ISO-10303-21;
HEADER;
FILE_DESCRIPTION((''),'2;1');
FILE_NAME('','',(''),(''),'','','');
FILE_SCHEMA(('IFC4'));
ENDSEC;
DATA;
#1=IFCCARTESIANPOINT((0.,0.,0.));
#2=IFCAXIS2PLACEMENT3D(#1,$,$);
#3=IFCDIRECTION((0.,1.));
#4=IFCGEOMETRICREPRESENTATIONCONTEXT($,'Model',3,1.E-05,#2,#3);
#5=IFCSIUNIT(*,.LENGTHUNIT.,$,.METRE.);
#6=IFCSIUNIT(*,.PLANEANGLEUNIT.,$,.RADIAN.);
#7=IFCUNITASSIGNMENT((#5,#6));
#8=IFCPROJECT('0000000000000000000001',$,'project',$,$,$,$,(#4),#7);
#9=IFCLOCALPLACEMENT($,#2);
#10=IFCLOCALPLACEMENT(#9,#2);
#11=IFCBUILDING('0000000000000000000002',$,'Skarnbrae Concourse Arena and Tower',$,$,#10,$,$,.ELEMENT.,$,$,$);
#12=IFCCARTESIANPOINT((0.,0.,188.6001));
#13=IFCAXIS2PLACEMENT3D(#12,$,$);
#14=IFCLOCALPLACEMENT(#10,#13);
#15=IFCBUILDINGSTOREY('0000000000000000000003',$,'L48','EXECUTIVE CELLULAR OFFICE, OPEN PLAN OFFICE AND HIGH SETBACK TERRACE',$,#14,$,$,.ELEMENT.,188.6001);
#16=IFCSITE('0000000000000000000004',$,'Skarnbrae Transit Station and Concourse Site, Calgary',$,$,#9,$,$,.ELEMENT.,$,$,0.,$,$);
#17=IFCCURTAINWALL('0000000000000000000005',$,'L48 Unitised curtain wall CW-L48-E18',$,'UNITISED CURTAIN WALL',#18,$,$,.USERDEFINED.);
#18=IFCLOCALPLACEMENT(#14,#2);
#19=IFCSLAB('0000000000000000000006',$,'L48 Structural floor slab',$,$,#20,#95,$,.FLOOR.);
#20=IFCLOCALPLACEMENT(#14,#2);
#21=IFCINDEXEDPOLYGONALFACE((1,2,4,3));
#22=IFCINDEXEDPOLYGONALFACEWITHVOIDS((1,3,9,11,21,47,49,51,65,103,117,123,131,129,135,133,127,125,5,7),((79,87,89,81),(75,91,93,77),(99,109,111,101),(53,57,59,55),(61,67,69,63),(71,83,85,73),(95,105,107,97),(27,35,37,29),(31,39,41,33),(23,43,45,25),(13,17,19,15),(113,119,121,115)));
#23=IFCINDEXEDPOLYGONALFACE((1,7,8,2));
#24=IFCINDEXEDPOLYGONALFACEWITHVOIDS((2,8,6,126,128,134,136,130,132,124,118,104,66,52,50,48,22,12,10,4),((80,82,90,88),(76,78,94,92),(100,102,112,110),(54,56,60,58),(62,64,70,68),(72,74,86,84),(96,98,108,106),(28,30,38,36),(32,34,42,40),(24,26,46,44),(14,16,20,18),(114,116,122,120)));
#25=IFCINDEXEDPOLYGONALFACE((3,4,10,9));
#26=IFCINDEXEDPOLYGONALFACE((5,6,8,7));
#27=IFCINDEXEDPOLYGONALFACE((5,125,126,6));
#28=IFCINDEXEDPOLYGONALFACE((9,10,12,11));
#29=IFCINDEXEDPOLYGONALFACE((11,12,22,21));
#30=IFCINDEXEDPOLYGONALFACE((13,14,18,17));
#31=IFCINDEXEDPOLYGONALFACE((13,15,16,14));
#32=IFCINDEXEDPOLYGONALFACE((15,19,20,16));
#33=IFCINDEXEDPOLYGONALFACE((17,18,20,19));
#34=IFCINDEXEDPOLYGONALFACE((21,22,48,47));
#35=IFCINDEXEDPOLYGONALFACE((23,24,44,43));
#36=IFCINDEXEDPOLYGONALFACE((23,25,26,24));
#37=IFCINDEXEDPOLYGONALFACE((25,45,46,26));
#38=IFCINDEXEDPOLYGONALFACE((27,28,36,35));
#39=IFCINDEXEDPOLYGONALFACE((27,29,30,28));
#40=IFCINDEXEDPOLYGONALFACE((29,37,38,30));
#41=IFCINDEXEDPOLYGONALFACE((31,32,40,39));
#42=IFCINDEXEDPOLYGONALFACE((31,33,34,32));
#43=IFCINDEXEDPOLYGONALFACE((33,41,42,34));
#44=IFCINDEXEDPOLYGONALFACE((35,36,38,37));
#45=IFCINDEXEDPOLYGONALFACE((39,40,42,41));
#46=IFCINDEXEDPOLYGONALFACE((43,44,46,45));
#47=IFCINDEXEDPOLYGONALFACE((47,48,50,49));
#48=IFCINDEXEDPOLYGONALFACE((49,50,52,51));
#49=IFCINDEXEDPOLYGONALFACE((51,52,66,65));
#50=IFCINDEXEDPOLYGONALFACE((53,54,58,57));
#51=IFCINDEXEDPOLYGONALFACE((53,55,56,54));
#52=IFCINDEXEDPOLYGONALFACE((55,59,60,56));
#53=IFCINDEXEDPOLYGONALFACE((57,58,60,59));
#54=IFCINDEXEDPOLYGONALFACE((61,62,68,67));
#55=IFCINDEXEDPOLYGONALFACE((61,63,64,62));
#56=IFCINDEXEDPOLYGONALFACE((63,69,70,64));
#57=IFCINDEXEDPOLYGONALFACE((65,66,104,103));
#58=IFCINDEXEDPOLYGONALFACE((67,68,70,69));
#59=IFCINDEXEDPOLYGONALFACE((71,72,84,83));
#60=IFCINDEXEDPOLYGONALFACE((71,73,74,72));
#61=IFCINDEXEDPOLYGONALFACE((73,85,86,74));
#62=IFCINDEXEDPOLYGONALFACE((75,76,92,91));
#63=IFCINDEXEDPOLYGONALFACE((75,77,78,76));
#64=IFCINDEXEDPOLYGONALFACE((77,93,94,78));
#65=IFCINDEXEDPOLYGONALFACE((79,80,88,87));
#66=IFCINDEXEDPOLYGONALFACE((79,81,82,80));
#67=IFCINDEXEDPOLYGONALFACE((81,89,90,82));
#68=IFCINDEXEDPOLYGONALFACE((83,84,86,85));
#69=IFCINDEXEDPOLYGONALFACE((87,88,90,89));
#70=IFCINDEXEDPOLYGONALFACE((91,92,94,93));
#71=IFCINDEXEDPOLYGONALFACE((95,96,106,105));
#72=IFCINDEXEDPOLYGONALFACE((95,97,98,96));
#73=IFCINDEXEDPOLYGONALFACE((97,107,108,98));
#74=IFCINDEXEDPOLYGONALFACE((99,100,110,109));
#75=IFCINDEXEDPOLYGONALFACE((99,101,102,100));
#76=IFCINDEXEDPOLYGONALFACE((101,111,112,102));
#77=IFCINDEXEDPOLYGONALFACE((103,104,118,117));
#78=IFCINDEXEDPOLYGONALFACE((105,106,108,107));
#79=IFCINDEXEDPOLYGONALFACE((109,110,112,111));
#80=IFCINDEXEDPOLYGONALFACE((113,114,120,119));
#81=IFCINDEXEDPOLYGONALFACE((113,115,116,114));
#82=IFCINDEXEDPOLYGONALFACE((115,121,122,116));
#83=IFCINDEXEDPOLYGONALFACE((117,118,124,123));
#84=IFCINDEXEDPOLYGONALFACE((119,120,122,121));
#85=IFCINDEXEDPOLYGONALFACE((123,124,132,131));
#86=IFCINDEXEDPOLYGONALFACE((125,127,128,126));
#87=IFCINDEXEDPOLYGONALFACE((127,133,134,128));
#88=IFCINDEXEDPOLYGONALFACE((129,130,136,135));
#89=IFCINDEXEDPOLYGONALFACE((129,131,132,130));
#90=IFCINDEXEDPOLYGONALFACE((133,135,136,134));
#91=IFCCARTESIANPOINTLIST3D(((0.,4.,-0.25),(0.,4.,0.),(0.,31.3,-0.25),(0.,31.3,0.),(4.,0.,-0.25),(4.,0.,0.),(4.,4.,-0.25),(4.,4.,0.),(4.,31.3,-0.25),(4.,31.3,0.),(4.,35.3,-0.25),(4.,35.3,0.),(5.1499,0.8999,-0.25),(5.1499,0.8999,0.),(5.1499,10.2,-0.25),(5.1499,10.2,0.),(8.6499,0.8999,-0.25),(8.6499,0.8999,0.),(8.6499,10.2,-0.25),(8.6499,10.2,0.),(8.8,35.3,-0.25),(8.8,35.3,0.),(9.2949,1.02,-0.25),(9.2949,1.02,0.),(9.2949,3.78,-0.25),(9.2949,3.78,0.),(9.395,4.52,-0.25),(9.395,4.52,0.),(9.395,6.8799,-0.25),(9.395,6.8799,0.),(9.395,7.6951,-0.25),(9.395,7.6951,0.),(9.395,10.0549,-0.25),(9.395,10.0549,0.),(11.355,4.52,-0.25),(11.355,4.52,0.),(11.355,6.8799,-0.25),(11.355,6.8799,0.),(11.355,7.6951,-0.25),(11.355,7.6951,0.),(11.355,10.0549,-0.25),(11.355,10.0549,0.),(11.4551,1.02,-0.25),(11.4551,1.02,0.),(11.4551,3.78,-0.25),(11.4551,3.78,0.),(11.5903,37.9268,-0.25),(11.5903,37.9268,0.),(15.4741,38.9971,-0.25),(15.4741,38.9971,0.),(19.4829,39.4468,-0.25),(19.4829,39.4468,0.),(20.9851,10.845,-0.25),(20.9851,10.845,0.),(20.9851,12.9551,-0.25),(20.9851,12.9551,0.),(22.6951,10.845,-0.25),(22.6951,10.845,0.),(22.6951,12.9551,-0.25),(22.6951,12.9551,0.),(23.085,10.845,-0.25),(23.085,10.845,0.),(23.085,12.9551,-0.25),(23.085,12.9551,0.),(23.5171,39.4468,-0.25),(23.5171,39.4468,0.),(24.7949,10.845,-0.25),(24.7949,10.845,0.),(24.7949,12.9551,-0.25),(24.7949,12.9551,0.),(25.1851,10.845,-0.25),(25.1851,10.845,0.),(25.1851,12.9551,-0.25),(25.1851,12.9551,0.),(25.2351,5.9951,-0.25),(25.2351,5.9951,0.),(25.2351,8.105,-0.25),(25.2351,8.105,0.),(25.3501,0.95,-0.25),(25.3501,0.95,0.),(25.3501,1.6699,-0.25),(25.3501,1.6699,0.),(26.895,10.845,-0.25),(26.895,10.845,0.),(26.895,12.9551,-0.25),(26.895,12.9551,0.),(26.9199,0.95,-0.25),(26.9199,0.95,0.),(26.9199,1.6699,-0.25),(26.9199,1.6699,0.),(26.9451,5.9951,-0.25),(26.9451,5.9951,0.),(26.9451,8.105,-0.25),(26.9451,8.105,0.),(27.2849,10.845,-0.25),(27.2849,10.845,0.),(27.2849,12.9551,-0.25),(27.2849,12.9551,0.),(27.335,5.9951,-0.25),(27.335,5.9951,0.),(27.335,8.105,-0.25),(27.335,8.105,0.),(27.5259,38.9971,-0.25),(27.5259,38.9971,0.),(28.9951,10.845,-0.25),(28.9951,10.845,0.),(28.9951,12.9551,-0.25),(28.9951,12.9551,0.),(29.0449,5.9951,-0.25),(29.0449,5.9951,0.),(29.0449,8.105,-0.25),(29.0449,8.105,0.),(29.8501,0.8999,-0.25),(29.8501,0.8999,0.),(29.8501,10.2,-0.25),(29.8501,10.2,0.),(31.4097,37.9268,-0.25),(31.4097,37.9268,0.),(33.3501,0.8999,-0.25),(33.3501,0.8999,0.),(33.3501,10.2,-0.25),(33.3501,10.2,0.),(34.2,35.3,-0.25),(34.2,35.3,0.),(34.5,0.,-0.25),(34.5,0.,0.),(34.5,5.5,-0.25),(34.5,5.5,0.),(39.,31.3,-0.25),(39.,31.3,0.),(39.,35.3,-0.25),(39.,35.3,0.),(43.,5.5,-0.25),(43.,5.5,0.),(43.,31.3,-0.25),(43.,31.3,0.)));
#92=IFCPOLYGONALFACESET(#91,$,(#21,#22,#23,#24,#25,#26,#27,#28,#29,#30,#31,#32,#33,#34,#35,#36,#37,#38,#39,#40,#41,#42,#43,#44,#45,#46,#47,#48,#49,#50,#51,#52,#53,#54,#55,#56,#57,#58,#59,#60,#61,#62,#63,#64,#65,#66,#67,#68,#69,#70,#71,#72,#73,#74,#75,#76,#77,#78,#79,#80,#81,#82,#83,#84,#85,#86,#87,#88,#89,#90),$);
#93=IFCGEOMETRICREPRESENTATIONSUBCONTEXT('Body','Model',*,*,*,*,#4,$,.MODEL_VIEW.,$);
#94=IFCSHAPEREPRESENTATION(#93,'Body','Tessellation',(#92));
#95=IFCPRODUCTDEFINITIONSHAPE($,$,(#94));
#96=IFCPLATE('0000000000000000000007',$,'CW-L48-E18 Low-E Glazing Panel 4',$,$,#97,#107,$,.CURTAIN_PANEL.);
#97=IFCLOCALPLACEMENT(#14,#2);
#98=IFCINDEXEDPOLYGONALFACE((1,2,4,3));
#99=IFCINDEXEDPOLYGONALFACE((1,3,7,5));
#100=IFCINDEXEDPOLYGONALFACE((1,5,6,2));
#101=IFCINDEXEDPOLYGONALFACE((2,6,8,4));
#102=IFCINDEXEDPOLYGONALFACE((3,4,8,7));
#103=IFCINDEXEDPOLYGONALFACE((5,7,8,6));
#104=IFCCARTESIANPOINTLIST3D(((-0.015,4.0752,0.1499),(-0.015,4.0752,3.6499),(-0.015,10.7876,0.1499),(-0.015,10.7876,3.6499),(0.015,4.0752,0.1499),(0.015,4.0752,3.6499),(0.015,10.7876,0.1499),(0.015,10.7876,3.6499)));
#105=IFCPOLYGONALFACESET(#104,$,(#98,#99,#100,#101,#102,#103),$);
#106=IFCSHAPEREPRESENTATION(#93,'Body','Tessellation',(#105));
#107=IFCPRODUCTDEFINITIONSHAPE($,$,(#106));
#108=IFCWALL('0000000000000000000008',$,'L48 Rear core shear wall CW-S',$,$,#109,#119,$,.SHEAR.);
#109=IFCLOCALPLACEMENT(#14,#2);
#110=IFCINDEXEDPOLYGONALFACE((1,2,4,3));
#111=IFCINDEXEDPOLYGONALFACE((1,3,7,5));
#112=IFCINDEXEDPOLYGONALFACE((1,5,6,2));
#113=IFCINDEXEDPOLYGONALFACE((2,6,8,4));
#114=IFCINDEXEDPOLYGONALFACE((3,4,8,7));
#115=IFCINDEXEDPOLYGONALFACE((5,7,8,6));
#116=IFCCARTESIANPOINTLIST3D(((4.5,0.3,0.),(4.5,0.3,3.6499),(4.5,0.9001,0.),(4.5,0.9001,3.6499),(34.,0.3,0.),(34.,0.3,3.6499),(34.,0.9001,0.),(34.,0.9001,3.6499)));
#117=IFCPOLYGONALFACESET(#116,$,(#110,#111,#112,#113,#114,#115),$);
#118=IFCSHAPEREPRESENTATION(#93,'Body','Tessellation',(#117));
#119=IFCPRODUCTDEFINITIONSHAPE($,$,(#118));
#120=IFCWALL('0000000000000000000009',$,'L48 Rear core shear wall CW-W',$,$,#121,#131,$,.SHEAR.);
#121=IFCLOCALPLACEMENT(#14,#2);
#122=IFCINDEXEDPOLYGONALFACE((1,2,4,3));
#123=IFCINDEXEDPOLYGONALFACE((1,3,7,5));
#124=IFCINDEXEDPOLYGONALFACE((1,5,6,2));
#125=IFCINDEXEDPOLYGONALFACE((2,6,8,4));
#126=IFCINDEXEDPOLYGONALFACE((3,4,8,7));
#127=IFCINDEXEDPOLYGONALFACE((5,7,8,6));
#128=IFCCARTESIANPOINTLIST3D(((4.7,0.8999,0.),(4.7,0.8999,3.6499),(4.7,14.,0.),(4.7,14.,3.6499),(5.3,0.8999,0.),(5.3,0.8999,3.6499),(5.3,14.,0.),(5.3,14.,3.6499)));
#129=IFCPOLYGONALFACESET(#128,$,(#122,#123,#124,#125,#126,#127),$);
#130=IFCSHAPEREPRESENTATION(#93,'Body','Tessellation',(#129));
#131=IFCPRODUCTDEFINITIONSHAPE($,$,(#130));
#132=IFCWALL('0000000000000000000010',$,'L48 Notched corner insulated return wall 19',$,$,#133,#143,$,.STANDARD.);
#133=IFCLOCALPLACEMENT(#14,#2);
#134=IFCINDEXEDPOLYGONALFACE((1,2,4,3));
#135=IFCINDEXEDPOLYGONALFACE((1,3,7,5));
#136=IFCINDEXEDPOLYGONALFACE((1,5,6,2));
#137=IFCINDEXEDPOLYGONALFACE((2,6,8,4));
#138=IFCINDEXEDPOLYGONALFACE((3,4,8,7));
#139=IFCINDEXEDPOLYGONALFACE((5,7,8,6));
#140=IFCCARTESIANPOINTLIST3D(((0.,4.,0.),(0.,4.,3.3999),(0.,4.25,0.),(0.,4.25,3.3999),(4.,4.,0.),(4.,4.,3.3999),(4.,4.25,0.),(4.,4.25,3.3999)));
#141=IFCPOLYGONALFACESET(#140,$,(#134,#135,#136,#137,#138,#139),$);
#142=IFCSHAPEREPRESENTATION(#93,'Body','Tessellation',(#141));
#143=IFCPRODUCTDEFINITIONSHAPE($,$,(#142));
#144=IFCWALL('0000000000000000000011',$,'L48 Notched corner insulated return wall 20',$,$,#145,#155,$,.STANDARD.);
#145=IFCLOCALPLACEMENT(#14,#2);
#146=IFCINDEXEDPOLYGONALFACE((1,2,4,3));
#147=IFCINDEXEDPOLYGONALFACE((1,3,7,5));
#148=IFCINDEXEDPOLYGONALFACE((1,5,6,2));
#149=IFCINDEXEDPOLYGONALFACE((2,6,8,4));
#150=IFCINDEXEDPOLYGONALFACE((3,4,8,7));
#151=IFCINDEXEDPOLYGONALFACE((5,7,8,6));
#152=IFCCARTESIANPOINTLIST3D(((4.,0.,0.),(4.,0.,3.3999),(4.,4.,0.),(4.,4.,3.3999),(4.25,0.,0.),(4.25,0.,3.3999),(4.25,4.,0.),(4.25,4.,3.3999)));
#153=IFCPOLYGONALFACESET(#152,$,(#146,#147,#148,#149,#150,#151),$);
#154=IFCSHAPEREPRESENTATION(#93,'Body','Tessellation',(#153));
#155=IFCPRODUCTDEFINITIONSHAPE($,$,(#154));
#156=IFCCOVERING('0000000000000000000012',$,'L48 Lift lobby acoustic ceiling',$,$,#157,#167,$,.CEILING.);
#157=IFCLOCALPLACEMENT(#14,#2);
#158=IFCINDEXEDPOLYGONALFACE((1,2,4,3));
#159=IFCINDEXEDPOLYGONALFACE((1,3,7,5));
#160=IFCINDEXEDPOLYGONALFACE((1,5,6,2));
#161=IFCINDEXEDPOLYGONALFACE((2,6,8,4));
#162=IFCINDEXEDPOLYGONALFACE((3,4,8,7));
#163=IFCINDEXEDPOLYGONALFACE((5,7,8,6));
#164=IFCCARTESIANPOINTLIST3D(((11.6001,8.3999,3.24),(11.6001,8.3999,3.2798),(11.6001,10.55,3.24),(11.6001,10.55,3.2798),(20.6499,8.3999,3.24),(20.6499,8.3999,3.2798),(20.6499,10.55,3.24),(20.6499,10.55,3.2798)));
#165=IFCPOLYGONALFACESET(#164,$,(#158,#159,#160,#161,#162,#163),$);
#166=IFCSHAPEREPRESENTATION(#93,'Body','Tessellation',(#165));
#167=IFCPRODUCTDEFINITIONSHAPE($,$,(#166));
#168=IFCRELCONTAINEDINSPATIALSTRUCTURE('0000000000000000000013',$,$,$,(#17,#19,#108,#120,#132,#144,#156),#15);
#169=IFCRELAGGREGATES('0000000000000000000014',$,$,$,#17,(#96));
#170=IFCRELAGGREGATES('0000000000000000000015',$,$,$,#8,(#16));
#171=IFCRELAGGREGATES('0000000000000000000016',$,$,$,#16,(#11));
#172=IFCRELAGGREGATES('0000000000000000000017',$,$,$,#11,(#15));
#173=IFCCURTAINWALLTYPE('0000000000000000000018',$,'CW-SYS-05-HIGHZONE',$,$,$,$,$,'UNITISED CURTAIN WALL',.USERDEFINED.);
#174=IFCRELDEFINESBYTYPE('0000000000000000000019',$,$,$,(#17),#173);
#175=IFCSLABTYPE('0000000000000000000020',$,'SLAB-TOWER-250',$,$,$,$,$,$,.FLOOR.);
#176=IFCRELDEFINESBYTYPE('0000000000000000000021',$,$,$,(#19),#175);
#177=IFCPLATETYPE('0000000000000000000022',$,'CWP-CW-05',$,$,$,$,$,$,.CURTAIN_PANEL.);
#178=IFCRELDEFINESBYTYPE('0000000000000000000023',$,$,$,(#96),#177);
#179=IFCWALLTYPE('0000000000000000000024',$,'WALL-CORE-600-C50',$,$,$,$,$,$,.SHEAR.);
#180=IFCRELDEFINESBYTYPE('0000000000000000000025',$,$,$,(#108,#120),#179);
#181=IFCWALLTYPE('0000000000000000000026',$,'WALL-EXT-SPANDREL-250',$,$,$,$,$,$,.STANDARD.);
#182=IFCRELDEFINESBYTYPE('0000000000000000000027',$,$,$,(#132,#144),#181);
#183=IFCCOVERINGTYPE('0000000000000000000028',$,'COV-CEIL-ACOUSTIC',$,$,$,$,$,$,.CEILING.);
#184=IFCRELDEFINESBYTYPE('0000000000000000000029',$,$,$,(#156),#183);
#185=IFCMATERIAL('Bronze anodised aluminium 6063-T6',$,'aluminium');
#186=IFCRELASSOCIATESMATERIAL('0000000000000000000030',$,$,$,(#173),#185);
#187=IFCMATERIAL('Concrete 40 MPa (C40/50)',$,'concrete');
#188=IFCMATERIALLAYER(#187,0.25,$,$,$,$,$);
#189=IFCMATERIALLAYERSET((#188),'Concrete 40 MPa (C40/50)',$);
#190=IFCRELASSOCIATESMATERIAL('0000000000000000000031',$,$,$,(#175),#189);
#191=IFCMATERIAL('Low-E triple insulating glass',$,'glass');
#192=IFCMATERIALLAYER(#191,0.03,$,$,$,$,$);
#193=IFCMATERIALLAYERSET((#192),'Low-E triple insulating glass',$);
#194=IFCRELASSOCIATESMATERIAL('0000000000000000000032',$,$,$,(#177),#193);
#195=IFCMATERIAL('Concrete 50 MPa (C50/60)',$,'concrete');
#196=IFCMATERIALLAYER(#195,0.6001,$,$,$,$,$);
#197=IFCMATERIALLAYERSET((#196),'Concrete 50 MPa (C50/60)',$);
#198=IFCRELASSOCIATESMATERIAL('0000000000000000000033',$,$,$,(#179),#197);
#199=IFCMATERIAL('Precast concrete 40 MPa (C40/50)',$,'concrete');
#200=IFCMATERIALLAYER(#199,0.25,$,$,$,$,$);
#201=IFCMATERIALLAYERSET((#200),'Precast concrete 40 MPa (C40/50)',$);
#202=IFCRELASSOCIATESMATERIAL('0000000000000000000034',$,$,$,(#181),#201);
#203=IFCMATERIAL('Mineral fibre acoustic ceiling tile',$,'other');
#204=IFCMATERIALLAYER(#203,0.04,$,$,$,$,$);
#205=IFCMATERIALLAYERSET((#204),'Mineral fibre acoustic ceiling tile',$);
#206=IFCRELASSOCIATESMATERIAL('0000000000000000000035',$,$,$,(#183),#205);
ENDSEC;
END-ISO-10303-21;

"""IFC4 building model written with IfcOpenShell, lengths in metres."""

from ifc_helpers import new_model, si_unit, direction, frame, frame_2d, origin, origin_2d, place, context, subcontext, project, spatial, polyline, rectangle, outline, extrude, source, transform, mapped, material, layer, layer_set, type_object, element, aggregate, save


model = new_model("IFC4")

# Units and contexts
model_context = context("Model", 3, precision=1e-05, world=origin(), true_north=direction((0.0, 1.0)))
body_context = subcontext(model_context, "Body", "Model", "MODEL_VIEW")
ifc_project = project(units=[si_unit("LENGTHUNIT", "METRE"), si_unit("PLANEANGLEUNIT", "RADIAN")], contexts=[model_context])

# Site, building, storey
site_placement = place(None, origin())
site = spatial("IfcSite", under=ifc_project, at=site_placement, Name="Skarnbrae Transit Station and Concourse Site, Calgary", CompositionType="ELEMENT", RefElevation=0.0)
building_placement = place(site_placement, origin())
building = spatial("IfcBuilding", under=site, at=building_placement, Name="Skarnbrae Concourse Arena and Tower", CompositionType="ELEMENT")
storey_placement = place(building_placement, frame((0.0, 0.0, 188.6001)))
storey = spatial("IfcBuildingStorey", under=building, at=storey_placement, Name="L48", Description="EXECUTIVE CELLULAR OFFICE, OPEN PLAN OFFICE AND HIGH SETBACK TERRACE", CompositionType="ELEMENT", Elevation=188.6001)

# Curtain wall
ifc_material_1 = material(Name="Bronze anodised aluminium 6063-T6", Category="aluminium")
curtain_wall_type = type_object("IfcCurtainWallType", Name="CW-SYS-05-HIGHZONE", ElementType="UNITISED CURTAIN WALL", PredefinedType="USERDEFINED", material=ifc_material_1)
curtain_wall_placement = place(storey_placement, origin())
curtain_wall = element("IfcCurtainWall", 1, at=curtain_wall_placement, inside=storey, type_object=curtain_wall_type, Name="L48 Unitised curtain wall CW-L48-E18", ObjectType="UNITISED CURTAIN WALL", PredefinedType="USERDEFINED")

# Shared definitions
ifc_material_2 = material(Name="Concrete 40 MPa (C40/50)", Category="concrete")

# Slab
ifc_layer_1 = layer(ifc_material_2, 0.25)
ifc_layer_set_1 = layer_set([ifc_layer_1], Name="Concrete 40 MPa (C40/50)")
slab_type_1 = type_object("IfcSlabType", Name="SLAB-TOWER-250", PredefinedType="FLOOR", material=ifc_layer_set_1)
slab_1_placement = place(storey_placement, frame((0.0, 0.0, -0.25)))
element("IfcSlab", 2, at=slab_1_placement, inside=storey, type_object=slab_type_1, Name="L48 Structural floor slab", PredefinedType="FLOOR", context=body_context, shape_type="SweptSolid", body=[
    extrude(outline(polyline([(4.0, 0.0), (34.5, 0.0), (34.5, 5.5), (43.0, 5.5), (43.0, 31.3), (39.0, 31.3), (39.0, 35.3), (34.2, 35.3), (31.4097, 37.9268), (27.5259, 38.9971), (23.5171, 39.4468), (19.4829, 39.4468), (15.4741, 38.9971), (11.5903, 37.9268), (8.8, 35.3), (4.0, 35.3), (4.0, 31.3), (0.0, 31.3), (0.0, 4.0), (4.0, 4.0), (4.0, 0.0)]), holes=[polyline([(9.2949, 1.02), (9.2949, 3.78), (11.4551, 3.78), (11.4551, 1.02), (9.2949, 1.02)]), polyline([(8.6499, 10.2), (8.6499, 0.8999), (5.1499, 0.8999), (5.1499, 10.2), (8.6499, 10.2)]), polyline([(9.395, 6.8799), (11.355, 6.8799), (11.355, 4.52), (9.395, 4.52), (9.395, 6.8799)]), polyline([(9.395, 7.6951), (9.395, 10.0549), (11.355, 10.0549), (11.355, 7.6951), (9.395, 7.6951)]), polyline([(20.9851, 12.9551), (22.6951, 12.9551), (22.6951, 10.845), (20.9851, 10.845), (20.9851, 12.9551)]), polyline([(23.085, 12.9551), (24.7949, 12.9551), (24.7949, 10.845), (23.085, 10.845), (23.085, 12.9551)]), polyline([(25.3501, 0.95), (25.3501, 1.6699), (26.9199, 1.6699), (26.9199, 0.95), (25.3501, 0.95)]), polyline([(33.3501, 10.2), (33.3501, 0.8999), (29.8501, 0.8999), (29.8501, 10.2), (33.3501, 10.2)]), polyline([(25.2351, 8.105), (26.9451, 8.105), (26.9451, 5.9951), (25.2351, 5.9951), (25.2351, 8.105)]), polyline([(27.335, 5.9951), (27.335, 8.105), (29.0449, 8.105), (29.0449, 5.9951), (27.335, 5.9951)]), polyline([(25.1851, 12.9551), (26.895, 12.9551), (26.895, 10.845), (25.1851, 10.845), (25.1851, 12.9551)]), polyline([(27.2849, 12.9551), (28.9951, 12.9551), (28.9951, 10.845), (27.2849, 10.845), (27.2849, 12.9551)])]), origin(), (0.0, 0.0, 1.0), 0.25),
])

# Plate
ifc_material_3 = material(Name="Low-E triple insulating glass", Category="glass")
ifc_layer_2 = layer(ifc_material_3, 0.03)
ifc_layer_set_2 = layer_set([ifc_layer_2], Name="Low-E triple insulating glass")
plate_type = type_object("IfcPlateType", Name="CWP-CW-05", PredefinedType="CURTAIN_PANEL", material=ifc_layer_set_2)
shared_shape_1 = source(origin(), body_context, "Body", "SweptSolid", [
    extrude(rectangle(XDim=6.7124, YDim=0.03, at=origin_2d()), origin(), (0.0, 0.0, 1.0), 3.5),
])
plate_placement = place(storey_placement, frame((0.0, 7.4314, 0.1499), z_axis=(0.0, 0.0, 1.0), x_axis=(0.0, -1.0, 0.0)))
plate = element("IfcPlate", 3, at=plate_placement, type_object=plate_type, Name="CW-L48-E18 Low-E Glazing Panel 4", PredefinedType="CURTAIN_PANEL", context=body_context, shape_type="MappedRepresentation", body=[
    mapped(shared_shape_1, transform((0.0, 0.0, 0.0))),
])
aggregate(curtain_wall, [plate])

# Walls
ifc_material_4 = material(Name="Concrete 50 MPa (C50/60)", Category="concrete")
ifc_layer_3 = layer(ifc_material_4, 0.6001)
ifc_layer_set_3 = layer_set([ifc_layer_3], Name="Concrete 50 MPa (C50/60)")
wall_type_1 = type_object("IfcWallType", Name="WALL-CORE-600-C50", PredefinedType="SHEAR", material=ifc_layer_set_3)
shared_shape_2 = source(origin(), body_context, "Body", "SweptSolid", [
    extrude(rectangle(XDim=29.5, YDim=0.6001, at=frame_2d((14.75, 0.0))), origin(), (0.0, 0.0, 1.0), 3.6499),
])
wall_1_placement = place(storey_placement, frame((4.5, 0.6001, 0.0), z_axis=(0.0, 0.0, 1.0), x_axis=(1.0, 0.0, 0.0)))
element("IfcWall", 4, at=wall_1_placement, inside=storey, type_object=wall_type_1, Name="L48 Rear core shear wall CW-S", PredefinedType="SHEAR", context=body_context, shape_type="MappedRepresentation", body=[
    mapped(shared_shape_2, transform((0.0, 0.0, 0.0))),
])
shared_shape_3 = source(origin(), body_context, "Body", "SweptSolid", [
    extrude(rectangle(XDim=13.1001, YDim=0.6001, at=frame_2d((6.55, 0.0))), origin(), (0.0, 0.0, 1.0), 3.6499),
])
wall_2_placement = place(storey_placement, frame((5.0, 0.8999, 0.0), z_axis=(0.0, 0.0, 1.0), x_axis=(0.0, 1.0, 0.0)))
element("IfcWall", 5, at=wall_2_placement, inside=storey, type_object=wall_type_1, Name="L48 Rear core shear wall CW-W", PredefinedType="SHEAR", context=body_context, shape_type="MappedRepresentation", body=[
    mapped(shared_shape_3, transform((0.0, 0.0, 0.0))),
])
ifc_material_5 = material(Name="Precast concrete 40 MPa (C40/50)", Category="concrete")
ifc_layer_4 = layer(ifc_material_5, 0.25)
ifc_layer_set_4 = layer_set([ifc_layer_4], Name="Precast concrete 40 MPa (C40/50)")
wall_type_2 = type_object("IfcWallType", Name="WALL-EXT-SPANDREL-250", PredefinedType="STANDARD", material=ifc_layer_set_4)
shared_shape_4 = source(origin(), body_context, "Body", "SweptSolid", [
    extrude(rectangle(XDim=4.0, YDim=0.25, at=frame_2d((2.0, 0.0))), origin(), (0.0, 0.0, 1.0), 3.3999),
])
for number, where, z_axis, x_axis, name in (
    (6, (0.0, 4.125, 0.0), (0.0, 0.0, 1.0), (1.0, 0.0, 0.0), "L48 Notched corner insulated return wall 19"),
    (7, (4.125, 4.0, 0.0), (0.0, 0.0, 1.0), (0.0, -1.0, 0.0), "L48 Notched corner insulated return wall 20"),
):
    element("IfcWall", number, at=place(storey_placement, frame(where, z_axis=z_axis, x_axis=x_axis)), inside=storey, type_object=wall_type_2, Name=name, PredefinedType="STANDARD", context=body_context, shape_type="MappedRepresentation", body=[
        mapped(shared_shape_4, transform((0.0, 0.0, 0.0))),
    ])

# Covering
ifc_material_6 = material(Name="Mineral fibre acoustic ceiling tile", Category="other")
ifc_layer_5 = layer(ifc_material_6, 0.04)
ifc_layer_set_5 = layer_set([ifc_layer_5], Name="Mineral fibre acoustic ceiling tile")
covering_type_1 = type_object("IfcCoveringType", Name="COV-CEIL-ACOUSTIC", PredefinedType="CEILING", material=ifc_layer_set_5)
covering_1_placement = place(storey_placement, frame((0.0, 0.0, 3.24)))
element("IfcCovering", 8, at=covering_1_placement, inside=storey, type_object=covering_type_1, Name="L48 Lift lobby acoustic ceiling", PredefinedType="CEILING", context=body_context, shape_type="SweptSolid", body=[
    extrude(outline(polyline([(11.6001, 8.3999), (20.6499, 8.3999), (20.6499, 10.55), (11.6001, 10.55), (11.6001, 8.3999)])), origin(), (0.0, 0.0, 1.0), 0.0398),
])

save(model, "model.ifc")
